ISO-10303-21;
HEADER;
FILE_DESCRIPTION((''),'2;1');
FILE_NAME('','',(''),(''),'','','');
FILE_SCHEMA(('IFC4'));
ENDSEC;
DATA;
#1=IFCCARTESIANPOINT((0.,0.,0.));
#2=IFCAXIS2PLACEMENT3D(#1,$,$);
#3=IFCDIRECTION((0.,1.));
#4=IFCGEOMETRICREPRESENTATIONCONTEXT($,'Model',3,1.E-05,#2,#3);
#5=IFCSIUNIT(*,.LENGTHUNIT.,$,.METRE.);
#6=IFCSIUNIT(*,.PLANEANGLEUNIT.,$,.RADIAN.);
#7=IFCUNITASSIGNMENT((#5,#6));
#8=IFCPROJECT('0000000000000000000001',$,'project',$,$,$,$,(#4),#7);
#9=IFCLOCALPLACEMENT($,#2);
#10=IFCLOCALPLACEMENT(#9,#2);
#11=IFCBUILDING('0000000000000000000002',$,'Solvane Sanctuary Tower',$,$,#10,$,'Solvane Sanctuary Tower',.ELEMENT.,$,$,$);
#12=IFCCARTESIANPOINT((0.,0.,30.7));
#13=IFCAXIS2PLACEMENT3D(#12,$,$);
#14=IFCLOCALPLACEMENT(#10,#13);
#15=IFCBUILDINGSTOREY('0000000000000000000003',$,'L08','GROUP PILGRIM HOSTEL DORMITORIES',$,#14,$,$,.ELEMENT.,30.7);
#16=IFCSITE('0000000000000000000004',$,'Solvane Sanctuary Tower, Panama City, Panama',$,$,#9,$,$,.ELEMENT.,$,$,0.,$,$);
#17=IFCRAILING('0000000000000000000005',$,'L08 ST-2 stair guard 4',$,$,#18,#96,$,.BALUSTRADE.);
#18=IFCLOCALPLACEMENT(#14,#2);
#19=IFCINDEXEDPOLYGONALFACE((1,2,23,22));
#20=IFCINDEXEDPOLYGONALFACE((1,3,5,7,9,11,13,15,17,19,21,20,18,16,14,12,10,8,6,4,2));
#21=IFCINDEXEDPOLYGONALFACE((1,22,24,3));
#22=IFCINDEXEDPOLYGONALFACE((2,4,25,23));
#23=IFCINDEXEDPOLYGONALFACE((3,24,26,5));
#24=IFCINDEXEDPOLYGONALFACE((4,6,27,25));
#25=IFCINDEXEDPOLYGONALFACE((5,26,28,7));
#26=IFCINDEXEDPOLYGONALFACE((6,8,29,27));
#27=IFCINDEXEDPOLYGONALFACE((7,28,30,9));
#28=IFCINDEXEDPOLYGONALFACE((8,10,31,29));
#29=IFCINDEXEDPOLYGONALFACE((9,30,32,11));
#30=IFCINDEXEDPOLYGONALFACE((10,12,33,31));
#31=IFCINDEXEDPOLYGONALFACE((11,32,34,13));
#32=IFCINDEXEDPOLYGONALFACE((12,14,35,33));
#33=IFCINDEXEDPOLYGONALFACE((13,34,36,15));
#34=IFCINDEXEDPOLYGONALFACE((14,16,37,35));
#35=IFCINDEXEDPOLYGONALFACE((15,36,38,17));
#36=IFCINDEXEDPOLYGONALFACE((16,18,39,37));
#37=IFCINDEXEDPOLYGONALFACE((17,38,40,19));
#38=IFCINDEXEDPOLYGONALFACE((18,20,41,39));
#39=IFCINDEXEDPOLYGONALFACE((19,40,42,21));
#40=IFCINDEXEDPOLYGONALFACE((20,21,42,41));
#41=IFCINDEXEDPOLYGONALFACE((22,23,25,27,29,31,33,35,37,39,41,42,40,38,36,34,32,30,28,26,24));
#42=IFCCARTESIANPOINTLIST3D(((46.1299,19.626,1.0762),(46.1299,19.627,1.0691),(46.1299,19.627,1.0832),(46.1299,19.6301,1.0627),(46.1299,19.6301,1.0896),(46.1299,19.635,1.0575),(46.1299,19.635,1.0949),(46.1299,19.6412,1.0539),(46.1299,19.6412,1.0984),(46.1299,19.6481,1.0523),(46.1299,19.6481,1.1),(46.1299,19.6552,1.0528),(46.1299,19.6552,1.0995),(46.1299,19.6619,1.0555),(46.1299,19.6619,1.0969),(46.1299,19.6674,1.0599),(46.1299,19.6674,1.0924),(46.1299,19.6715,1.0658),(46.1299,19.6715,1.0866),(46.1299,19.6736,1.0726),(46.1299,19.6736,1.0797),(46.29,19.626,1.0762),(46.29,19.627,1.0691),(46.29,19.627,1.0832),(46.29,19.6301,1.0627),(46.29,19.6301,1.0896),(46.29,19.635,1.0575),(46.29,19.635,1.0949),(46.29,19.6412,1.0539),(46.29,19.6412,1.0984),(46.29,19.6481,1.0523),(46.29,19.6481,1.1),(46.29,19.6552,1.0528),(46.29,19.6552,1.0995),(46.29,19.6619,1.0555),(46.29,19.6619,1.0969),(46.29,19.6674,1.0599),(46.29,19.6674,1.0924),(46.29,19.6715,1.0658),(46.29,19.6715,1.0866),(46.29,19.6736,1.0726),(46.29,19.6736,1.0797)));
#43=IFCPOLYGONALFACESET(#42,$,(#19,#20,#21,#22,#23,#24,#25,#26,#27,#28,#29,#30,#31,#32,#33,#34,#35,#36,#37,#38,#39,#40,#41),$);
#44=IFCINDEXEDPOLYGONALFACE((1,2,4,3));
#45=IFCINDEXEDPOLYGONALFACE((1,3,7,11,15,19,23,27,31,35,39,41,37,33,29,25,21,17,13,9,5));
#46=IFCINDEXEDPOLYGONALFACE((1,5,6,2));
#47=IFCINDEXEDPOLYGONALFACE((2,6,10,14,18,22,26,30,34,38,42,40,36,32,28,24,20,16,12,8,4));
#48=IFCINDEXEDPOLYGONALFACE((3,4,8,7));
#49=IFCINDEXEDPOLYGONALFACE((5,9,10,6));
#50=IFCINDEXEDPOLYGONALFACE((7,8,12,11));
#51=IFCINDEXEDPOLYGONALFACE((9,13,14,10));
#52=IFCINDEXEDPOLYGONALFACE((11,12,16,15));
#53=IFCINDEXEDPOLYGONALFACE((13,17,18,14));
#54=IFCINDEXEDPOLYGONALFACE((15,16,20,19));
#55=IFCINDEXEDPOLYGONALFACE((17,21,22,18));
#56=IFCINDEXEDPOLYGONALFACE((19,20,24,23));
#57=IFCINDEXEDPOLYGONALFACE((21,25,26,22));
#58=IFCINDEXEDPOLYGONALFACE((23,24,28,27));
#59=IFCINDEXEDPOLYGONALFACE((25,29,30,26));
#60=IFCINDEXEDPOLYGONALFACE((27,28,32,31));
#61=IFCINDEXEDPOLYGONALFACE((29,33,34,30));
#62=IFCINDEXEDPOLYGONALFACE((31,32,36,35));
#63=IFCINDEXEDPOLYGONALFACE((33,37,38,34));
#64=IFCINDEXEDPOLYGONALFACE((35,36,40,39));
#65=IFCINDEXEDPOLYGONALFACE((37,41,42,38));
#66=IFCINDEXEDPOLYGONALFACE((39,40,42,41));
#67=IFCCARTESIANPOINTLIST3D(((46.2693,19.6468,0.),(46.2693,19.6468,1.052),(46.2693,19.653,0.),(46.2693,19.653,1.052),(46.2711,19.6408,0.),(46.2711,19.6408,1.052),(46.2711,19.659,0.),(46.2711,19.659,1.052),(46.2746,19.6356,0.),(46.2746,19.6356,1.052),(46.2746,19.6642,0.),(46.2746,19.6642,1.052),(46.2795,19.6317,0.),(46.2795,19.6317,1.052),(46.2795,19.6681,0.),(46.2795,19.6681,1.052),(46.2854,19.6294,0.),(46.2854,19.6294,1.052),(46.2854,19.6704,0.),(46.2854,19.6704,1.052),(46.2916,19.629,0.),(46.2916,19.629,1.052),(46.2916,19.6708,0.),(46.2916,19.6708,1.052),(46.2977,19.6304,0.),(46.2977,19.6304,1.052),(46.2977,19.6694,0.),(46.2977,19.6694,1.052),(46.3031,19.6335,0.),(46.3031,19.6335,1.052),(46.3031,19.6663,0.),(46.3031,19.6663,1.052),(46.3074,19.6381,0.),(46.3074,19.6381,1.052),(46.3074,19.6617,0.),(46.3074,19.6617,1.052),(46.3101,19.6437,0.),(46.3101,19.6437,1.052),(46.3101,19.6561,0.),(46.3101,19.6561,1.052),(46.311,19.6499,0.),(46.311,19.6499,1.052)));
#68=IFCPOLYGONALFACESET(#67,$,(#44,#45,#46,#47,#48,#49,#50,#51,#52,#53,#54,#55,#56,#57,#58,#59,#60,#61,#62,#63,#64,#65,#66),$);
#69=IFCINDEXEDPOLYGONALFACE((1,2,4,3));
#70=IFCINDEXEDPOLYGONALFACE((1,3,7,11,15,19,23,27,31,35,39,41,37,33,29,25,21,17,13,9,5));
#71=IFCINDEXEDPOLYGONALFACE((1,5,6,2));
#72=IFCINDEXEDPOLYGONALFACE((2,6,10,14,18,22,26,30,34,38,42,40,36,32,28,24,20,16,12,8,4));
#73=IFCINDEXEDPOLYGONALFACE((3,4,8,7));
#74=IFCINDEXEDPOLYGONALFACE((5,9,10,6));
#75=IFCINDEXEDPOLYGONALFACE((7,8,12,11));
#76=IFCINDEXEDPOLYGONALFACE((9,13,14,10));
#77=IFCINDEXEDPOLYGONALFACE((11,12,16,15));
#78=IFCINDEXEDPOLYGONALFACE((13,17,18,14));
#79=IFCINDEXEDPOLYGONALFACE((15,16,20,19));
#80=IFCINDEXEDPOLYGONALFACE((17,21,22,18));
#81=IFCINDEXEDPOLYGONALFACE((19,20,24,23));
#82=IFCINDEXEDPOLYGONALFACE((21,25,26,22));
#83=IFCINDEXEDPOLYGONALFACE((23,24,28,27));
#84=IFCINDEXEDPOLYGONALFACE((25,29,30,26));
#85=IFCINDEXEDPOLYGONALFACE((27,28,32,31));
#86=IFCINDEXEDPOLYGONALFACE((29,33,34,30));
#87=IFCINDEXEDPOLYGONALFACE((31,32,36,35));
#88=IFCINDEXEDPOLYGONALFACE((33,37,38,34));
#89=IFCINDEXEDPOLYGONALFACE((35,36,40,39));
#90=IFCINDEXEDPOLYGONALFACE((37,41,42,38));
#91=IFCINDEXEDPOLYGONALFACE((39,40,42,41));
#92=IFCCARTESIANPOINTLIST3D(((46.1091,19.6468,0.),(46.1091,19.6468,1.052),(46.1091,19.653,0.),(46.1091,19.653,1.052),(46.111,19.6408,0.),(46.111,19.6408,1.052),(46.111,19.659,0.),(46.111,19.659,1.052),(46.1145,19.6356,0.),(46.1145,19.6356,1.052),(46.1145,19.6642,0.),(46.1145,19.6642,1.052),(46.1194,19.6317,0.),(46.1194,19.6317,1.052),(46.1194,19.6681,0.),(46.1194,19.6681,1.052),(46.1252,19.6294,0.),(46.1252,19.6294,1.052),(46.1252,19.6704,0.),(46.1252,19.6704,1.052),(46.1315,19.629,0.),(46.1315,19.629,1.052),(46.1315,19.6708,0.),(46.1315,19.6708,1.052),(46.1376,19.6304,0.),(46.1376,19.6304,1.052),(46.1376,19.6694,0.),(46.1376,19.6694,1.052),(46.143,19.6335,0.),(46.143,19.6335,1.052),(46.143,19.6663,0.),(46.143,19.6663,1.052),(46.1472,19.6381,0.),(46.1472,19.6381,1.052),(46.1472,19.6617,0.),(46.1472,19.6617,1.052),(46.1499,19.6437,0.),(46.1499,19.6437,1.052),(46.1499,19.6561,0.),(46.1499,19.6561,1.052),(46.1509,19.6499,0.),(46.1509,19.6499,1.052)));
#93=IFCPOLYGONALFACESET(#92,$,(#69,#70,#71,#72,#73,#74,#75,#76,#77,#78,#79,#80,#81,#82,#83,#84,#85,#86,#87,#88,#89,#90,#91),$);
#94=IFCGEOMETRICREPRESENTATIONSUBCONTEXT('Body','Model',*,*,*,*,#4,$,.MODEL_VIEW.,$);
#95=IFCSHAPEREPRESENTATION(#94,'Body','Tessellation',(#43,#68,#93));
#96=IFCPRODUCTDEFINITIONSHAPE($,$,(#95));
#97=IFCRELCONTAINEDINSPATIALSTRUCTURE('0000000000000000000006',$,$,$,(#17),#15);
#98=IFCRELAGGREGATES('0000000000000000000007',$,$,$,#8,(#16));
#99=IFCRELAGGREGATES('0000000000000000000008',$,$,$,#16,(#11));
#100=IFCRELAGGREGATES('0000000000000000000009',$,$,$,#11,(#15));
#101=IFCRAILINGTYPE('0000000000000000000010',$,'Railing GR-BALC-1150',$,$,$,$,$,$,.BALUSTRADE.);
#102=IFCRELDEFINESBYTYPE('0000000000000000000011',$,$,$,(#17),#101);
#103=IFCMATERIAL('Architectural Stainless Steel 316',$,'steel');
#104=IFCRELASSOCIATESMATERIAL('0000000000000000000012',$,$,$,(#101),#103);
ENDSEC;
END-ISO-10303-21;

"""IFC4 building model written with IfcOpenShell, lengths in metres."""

from ifc_helpers import new_model, si_unit, direction, frame, origin, origin_2d, place, context, subcontext, project, spatial, circle, extrude, material, type_object, element, save


model = new_model("IFC4")

# Units and contexts
model_context = context("Model", 3, precision=1e-05, world=origin(), true_north=direction((0.0, 1.0)))
body_context = subcontext(model_context, "Body", "Model", "MODEL_VIEW")
ifc_project = project(units=[si_unit("LENGTHUNIT", "METRE"), si_unit("PLANEANGLEUNIT", "RADIAN")], contexts=[model_context])

# Site, building, storey
site_placement = place(None, origin())
site = spatial("IfcSite", under=ifc_project, at=site_placement, Name="Solvane Sanctuary Tower, Panama City, Panama", CompositionType="ELEMENT", RefElevation=0.0)
building_placement = place(site_placement, origin())
building = spatial("IfcBuilding", under=site, at=building_placement, Name="Solvane Sanctuary Tower", LongName="Solvane Sanctuary Tower", CompositionType="ELEMENT")
storey_placement = place(building_placement, frame((0.0, 0.0, 30.7)))
storey = spatial("IfcBuildingStorey", under=building, at=storey_placement, Name="L08", Description="GROUP PILGRIM HOSTEL DORMITORIES", CompositionType="ELEMENT", Elevation=30.7)

# Shared definitions
ifc_material_1 = material(Name="Architectural Stainless Steel 316", Category="steel")

# Railing
railing_type_1 = type_object("IfcRailingType", Name="Railing GR-BALC-1150", PredefinedType="BALUSTRADE", material=ifc_material_1)
railing_1_placement = place(storey_placement, frame((46.29, 19.6499, 0.0)))
element("IfcRailing", 1, at=railing_1_placement, inside=storey, type_object=railing_type_1, Name="L08 ST-2 stair guard 4", PredefinedType="BALUSTRADE", context=body_context, shape_type="SweptSolid", body=[
    extrude(circle(Radius=0.0239, at=origin_2d()), frame((0.0, 0.0, 1.0762), z_axis=(-1.0, 0.0, 0.0), x_axis=(0.0, -1.0, 0.0)), (0.0, 0.0, 1.0), 0.1602),
    extrude(circle(Radius=0.021, at=origin_2d()), origin(), (0.0, 0.0, 1.0), 1.052),
    extrude(circle(Radius=0.021, at=origin_2d()), frame((-0.1602, 0.0, 0.0)), (0.0, 0.0, 1.0), 1.052),
])

save(model, "model.ifc")
